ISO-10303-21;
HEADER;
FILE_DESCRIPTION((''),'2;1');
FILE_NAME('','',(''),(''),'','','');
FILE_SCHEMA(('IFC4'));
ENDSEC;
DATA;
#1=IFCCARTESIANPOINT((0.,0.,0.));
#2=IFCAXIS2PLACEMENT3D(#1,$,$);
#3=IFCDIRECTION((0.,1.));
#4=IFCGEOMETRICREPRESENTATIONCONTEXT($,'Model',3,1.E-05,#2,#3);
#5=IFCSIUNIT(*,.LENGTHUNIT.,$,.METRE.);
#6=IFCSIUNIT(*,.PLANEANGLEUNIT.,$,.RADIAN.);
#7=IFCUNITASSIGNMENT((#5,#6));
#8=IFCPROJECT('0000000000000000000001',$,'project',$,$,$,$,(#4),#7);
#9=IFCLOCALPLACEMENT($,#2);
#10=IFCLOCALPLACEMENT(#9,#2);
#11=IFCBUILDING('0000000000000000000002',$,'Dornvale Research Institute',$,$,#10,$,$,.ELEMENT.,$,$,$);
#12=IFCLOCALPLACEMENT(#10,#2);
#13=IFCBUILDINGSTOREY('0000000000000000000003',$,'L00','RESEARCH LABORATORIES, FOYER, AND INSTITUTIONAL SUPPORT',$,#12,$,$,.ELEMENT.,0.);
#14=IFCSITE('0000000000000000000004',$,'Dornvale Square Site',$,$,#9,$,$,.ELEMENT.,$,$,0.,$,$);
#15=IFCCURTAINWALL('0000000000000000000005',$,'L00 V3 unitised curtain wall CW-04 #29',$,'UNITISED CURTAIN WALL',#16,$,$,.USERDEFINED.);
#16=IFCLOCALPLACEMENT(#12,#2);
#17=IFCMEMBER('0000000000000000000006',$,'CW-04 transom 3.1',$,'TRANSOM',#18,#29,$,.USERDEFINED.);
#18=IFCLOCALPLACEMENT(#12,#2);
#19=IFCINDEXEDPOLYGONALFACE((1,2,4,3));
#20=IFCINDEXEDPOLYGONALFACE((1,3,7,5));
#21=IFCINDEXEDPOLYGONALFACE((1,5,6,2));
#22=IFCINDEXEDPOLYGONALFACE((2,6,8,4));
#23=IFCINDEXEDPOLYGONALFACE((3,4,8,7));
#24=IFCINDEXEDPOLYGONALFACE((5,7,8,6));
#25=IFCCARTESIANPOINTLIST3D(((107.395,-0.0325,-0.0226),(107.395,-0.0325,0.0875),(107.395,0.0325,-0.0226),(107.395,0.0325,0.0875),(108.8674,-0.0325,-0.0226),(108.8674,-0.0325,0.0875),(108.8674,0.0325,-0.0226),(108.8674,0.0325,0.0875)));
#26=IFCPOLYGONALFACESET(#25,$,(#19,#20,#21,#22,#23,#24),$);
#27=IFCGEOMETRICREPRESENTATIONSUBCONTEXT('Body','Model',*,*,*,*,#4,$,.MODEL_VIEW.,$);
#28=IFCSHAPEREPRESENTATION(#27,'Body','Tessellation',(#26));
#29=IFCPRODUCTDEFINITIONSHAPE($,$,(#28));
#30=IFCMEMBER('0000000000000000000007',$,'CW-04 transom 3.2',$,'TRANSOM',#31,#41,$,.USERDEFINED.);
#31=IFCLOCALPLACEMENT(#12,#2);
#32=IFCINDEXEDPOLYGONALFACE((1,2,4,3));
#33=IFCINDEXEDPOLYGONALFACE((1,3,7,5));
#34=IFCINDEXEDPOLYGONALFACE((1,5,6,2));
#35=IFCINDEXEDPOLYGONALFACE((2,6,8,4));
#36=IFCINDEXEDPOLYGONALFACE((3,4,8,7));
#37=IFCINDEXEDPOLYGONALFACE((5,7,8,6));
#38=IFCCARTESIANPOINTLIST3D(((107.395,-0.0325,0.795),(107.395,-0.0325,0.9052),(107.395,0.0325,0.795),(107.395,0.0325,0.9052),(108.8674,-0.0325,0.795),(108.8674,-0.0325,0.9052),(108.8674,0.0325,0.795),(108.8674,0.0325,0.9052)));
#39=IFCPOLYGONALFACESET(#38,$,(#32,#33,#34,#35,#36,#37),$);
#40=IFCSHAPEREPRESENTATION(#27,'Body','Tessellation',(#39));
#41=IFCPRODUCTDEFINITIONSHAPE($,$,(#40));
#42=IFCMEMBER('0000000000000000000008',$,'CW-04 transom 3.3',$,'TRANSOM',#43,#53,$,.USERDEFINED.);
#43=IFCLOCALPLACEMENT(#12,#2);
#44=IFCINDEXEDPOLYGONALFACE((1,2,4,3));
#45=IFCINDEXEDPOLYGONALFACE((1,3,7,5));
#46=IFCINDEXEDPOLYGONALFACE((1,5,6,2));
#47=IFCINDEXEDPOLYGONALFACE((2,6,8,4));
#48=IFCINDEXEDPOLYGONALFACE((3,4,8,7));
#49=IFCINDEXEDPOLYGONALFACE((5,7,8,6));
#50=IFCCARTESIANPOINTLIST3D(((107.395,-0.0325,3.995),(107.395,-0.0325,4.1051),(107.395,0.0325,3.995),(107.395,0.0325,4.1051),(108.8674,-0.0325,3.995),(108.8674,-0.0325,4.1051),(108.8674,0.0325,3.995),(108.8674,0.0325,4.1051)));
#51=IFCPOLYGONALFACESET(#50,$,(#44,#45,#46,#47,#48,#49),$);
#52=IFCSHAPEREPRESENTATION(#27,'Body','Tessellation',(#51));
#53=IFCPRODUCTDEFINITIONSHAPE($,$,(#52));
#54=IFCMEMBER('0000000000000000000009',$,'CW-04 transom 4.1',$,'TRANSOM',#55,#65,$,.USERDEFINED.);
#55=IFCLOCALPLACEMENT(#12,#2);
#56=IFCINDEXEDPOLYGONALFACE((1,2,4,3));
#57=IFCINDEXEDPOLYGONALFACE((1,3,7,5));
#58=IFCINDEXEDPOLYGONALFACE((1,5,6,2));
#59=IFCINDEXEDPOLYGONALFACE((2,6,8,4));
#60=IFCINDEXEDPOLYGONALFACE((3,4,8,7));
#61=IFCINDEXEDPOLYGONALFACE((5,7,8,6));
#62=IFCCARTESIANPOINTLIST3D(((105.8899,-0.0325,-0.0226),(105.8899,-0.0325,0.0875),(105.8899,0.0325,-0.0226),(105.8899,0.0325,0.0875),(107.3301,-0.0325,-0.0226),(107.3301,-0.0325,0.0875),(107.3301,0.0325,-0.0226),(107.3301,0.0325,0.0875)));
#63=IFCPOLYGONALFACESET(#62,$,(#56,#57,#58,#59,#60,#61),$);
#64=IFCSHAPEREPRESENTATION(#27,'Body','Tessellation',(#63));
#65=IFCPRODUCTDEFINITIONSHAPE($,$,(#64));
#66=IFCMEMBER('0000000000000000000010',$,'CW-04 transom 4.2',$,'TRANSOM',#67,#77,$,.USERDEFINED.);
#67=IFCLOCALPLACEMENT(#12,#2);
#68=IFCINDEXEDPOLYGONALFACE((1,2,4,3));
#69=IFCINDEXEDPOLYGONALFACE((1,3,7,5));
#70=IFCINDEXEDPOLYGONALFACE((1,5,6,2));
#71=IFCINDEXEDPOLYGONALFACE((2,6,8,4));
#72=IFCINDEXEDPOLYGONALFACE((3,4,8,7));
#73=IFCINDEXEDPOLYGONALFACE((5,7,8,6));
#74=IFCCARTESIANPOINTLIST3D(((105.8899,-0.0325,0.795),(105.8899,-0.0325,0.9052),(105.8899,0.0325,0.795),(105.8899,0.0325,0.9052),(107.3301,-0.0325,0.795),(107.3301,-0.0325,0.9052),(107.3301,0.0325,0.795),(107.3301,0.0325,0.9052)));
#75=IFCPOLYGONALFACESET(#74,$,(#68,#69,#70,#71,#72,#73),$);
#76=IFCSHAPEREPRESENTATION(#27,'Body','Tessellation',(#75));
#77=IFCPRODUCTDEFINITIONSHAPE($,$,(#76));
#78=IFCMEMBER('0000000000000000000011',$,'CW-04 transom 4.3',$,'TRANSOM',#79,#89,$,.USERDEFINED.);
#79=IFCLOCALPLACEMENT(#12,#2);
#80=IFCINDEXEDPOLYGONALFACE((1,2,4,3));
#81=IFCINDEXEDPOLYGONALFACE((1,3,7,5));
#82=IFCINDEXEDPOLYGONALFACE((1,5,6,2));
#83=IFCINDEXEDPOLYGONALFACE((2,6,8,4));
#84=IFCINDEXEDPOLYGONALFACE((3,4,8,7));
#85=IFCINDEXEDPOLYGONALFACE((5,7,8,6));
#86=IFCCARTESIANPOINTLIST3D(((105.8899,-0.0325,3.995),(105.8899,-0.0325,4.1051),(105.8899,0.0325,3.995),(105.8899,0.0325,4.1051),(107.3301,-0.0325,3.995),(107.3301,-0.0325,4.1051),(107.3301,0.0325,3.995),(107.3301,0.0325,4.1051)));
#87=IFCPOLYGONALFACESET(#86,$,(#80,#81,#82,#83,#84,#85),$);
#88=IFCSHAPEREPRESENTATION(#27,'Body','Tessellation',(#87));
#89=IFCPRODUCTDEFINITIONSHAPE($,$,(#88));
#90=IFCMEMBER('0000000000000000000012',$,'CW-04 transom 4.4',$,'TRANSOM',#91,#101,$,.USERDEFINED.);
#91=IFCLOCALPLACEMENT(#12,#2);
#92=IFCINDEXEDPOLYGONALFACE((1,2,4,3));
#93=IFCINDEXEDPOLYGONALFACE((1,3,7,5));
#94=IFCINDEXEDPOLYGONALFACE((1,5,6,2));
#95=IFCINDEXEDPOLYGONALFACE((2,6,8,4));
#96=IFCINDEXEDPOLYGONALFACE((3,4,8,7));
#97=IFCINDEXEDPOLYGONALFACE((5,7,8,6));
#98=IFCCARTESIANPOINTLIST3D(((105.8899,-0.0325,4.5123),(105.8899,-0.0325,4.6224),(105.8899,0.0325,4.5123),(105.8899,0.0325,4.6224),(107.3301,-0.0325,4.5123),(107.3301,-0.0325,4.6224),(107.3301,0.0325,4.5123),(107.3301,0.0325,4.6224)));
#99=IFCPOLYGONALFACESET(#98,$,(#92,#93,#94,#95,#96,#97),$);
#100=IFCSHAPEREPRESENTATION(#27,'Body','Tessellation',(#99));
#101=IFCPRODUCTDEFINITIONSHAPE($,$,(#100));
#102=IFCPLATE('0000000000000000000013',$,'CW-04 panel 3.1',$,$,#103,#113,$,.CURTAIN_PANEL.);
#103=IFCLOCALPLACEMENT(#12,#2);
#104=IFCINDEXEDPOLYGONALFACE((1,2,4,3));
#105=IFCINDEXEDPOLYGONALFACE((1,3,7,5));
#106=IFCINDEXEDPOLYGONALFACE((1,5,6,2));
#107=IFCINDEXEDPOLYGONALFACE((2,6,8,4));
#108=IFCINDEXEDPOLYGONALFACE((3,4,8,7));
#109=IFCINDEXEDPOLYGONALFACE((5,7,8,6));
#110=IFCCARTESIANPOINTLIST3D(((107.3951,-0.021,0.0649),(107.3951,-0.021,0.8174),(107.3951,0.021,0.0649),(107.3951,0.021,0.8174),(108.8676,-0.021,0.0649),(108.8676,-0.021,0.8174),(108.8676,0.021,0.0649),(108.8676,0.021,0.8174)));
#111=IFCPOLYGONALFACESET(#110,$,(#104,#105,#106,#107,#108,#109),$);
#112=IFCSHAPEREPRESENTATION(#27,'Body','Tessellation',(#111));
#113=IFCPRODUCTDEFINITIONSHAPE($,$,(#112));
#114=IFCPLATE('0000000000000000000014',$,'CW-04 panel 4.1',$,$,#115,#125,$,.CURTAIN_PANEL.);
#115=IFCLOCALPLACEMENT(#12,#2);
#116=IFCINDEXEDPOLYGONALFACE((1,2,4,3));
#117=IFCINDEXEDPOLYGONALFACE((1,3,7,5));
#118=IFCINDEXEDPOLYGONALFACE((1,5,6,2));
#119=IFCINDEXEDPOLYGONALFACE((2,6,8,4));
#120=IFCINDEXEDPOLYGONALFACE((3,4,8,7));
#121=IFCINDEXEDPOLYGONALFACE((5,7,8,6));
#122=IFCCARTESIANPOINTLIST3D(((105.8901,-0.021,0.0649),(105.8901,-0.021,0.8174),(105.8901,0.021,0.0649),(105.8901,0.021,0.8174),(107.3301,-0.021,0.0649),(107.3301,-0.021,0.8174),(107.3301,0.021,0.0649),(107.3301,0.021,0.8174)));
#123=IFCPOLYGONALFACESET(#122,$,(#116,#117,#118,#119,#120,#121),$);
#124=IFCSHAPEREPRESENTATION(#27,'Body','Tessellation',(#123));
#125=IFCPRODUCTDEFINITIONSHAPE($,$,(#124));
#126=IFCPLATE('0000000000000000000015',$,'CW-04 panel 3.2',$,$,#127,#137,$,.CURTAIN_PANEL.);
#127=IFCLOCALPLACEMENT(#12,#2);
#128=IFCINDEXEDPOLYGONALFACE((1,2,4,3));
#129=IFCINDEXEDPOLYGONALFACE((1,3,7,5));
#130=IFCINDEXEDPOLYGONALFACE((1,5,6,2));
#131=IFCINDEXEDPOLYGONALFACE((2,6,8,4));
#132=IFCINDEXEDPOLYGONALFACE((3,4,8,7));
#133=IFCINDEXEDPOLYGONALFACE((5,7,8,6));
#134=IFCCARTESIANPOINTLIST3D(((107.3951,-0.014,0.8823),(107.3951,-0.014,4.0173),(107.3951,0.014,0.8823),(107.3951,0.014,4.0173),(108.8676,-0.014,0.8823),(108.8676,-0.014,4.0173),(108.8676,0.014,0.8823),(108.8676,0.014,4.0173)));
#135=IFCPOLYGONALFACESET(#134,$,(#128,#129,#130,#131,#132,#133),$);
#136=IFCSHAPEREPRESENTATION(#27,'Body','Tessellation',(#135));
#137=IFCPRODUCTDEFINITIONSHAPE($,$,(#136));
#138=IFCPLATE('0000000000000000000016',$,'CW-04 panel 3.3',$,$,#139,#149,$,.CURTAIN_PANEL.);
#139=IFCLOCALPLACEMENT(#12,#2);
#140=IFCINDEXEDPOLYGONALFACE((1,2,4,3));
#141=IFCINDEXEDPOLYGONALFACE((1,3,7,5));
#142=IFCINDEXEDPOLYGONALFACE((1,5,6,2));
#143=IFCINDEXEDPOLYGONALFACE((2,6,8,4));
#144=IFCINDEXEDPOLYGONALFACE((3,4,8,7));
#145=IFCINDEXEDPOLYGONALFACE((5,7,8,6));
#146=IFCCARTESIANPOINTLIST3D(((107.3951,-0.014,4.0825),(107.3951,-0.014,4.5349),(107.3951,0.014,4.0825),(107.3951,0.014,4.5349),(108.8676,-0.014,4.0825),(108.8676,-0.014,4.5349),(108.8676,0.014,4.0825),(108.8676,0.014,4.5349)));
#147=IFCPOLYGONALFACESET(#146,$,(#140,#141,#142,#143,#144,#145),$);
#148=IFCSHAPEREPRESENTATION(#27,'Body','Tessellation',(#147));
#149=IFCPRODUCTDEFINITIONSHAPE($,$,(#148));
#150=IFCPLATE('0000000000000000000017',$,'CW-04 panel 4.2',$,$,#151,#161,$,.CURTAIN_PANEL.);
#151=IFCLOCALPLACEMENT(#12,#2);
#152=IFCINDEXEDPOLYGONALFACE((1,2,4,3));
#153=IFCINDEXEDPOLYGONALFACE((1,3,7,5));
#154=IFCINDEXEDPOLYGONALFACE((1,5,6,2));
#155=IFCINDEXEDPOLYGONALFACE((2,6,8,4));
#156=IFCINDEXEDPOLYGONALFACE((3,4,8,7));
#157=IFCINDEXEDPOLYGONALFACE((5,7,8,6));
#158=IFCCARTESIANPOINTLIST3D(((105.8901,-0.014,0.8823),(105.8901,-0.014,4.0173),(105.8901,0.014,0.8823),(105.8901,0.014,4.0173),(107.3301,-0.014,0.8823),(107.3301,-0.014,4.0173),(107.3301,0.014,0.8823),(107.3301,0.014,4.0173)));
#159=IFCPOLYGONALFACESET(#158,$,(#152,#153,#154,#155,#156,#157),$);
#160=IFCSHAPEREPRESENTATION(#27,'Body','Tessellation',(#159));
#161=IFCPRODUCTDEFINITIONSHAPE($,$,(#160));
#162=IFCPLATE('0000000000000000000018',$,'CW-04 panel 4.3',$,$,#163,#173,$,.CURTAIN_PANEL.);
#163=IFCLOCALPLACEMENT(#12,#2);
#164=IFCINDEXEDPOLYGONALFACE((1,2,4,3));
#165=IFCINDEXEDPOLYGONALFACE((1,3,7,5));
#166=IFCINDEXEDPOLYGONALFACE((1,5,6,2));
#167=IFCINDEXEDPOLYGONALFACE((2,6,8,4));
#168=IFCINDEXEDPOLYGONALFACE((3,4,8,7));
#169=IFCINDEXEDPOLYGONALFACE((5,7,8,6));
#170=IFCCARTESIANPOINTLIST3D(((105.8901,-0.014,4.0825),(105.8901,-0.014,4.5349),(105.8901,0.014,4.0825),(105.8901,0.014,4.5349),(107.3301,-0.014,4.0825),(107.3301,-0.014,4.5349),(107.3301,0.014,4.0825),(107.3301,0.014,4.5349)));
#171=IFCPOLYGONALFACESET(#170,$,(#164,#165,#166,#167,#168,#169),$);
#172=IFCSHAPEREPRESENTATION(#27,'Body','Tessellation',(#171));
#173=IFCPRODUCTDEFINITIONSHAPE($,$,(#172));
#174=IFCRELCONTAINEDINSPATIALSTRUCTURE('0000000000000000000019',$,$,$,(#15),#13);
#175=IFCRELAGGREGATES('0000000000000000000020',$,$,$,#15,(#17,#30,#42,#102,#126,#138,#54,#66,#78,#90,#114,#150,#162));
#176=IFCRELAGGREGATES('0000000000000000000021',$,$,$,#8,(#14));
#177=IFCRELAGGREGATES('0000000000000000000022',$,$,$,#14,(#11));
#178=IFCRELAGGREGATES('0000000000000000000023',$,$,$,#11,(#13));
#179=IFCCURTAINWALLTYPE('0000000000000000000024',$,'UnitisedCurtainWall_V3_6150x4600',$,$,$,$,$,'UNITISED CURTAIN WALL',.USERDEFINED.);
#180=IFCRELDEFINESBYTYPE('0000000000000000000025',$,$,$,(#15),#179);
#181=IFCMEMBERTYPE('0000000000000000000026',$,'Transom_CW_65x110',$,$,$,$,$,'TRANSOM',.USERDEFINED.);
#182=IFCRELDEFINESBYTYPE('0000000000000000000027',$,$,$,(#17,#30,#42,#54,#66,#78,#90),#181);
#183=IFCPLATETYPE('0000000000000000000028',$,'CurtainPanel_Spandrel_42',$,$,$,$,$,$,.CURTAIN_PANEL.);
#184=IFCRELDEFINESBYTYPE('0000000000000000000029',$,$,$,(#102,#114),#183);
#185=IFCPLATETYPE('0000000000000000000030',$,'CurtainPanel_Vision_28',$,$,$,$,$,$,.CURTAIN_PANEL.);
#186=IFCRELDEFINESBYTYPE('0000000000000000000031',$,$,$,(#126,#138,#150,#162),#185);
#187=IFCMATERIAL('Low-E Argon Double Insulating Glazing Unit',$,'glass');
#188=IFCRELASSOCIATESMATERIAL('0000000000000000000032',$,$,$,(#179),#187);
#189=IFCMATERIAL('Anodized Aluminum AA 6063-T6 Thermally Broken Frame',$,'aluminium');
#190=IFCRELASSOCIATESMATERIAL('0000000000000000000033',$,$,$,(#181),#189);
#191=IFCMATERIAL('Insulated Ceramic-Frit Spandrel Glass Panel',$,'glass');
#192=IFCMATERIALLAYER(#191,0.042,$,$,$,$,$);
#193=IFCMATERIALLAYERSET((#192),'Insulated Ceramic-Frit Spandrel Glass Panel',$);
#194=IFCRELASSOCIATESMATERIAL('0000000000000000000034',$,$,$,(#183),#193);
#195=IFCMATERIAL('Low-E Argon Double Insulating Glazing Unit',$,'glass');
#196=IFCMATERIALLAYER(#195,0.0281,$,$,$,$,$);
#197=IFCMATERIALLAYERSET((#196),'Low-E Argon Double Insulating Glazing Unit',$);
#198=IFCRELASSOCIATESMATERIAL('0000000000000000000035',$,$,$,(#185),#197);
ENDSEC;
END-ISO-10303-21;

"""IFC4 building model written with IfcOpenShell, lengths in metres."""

from ifc_helpers import new_model, si_unit, direction, frame, origin, origin_2d, place, context, subcontext, project, spatial, rectangle, extrude, material, layer, layer_set, material_profile, profile_set, type_object, element, aggregate, save


model = new_model("IFC4")

# Units and contexts
model_context = context("Model", 3, precision=1e-05, world=origin(), true_north=direction((0.0, 1.0)))
body_context = subcontext(model_context, "Body", "Model", "MODEL_VIEW")
ifc_project = project(units=[si_unit("LENGTHUNIT", "METRE"), si_unit("PLANEANGLEUNIT", "RADIAN")], contexts=[model_context])

# Site, building, storey
site_placement = place(None, origin())
site = spatial("IfcSite", under=ifc_project, at=site_placement, Name="Dornvale Square Site", CompositionType="ELEMENT", RefElevation=0.0)
building_placement = place(site_placement, origin())
building = spatial("IfcBuilding", under=site, at=building_placement, Name="Dornvale Research Institute", CompositionType="ELEMENT")
storey_placement = place(building_placement, origin())
storey = spatial("IfcBuildingStorey", under=building, at=storey_placement, Name="L00", Description="RESEARCH LABORATORIES, FOYER, AND INSTITUTIONAL SUPPORT", CompositionType="ELEMENT", Elevation=0.0)

# Curtain wall, members, plates
ifc_material_1 = material(Name="Low-E Argon Double Insulating Glazing Unit", Category="glass")
curtain_wall_type = type_object("IfcCurtainWallType", Name="UnitisedCurtainWall_V3_6150x4600", ElementType="UNITISED CURTAIN WALL", PredefinedType="USERDEFINED", material=ifc_material_1)
curtain_wall_placement = place(storey_placement, origin())
curtain_wall = element("IfcCurtainWall", 1, at=curtain_wall_placement, inside=storey, type_object=curtain_wall_type, Name="L00 V3 unitised curtain wall CW-04 #29", ObjectType="UNITISED CURTAIN WALL", PredefinedType="USERDEFINED")
ifc_material_2 = material(Name="Anodized Aluminum AA 6063-T6 Thermally Broken Frame", Category="aluminium")
ifc_material_profile_1 = material_profile(ifc_material_2, rectangle(XDim=0.0649, YDim=0.1101, at=origin_2d()), Name="ALU TRANSOM 65x110")
ifc_profile_set_1 = profile_set([ifc_material_profile_1], Name="Anodized Aluminum AA 6063-T6 Thermally Broken Frame")
member_type_1 = type_object("IfcMemberType", Name="Transom_CW_65x110", ElementType="TRANSOM", PredefinedType="USERDEFINED", material=ifc_profile_set_1)
member_1_placement = place(storey_placement, frame((108.8674, 0.0, 0.0325), z_axis=(-1.0, 0.0, 0.0), x_axis=(0.0, -1.0, 0.0)))
member_1 = element("IfcMember", 2, at=member_1_placement, type_object=member_type_1, Name="CW-04 transom 3.1", ObjectType="TRANSOM", PredefinedType="USERDEFINED", context=body_context, shape_type="SweptSolid", body=[
    extrude(rectangle(XDim=0.0649, YDim=0.1101, at=origin_2d()), origin(), (0.0, 0.0, 1.0), 1.4724),
])
member_2_placement = place(storey_placement, frame((108.8674, 0.0, 0.8501), z_axis=(-1.0, 0.0, 0.0), x_axis=(0.0, -1.0, 0.0)))
member_2 = element("IfcMember", 3, at=member_2_placement, type_object=member_type_1, Name="CW-04 transom 3.2", ObjectType="TRANSOM", PredefinedType="USERDEFINED", context=body_context, shape_type="SweptSolid", body=[
    extrude(rectangle(XDim=0.0649, YDim=0.1101, at=origin_2d()), origin(), (0.0, 0.0, 1.0), 1.4724),
])
member_3_placement = place(storey_placement, frame((108.8674, 0.0, 4.05), z_axis=(-1.0, 0.0, 0.0), x_axis=(0.0, -1.0, 0.0)))
member_3 = element("IfcMember", 4, at=member_3_placement, type_object=member_type_1, Name="CW-04 transom 3.3", ObjectType="TRANSOM", PredefinedType="USERDEFINED", context=body_context, shape_type="SweptSolid", body=[
    extrude(rectangle(XDim=0.0649, YDim=0.1101, at=origin_2d()), origin(), (0.0, 0.0, 1.0), 1.4724),
])
member_4_placement = place(storey_placement, frame((107.3301, 0.0, 0.0325), z_axis=(-1.0, 0.0, 0.0), x_axis=(0.0, -1.0, 0.0)))
member_4 = element("IfcMember", 5, at=member_4_placement, type_object=member_type_1, Name="CW-04 transom 4.1", ObjectType="TRANSOM", PredefinedType="USERDEFINED", context=body_context, shape_type="SweptSolid", body=[
    extrude(rectangle(XDim=0.0649, YDim=0.1101, at=origin_2d()), origin(), (0.0, 0.0, 1.0), 1.4402),
])
member_5_placement = place(storey_placement, frame((107.3301, 0.0, 0.8501), z_axis=(-1.0, 0.0, 0.0), x_axis=(0.0, -1.0, 0.0)))
member_5 = element("IfcMember", 6, at=member_5_placement, type_object=member_type_1, Name="CW-04 transom 4.2", ObjectType="TRANSOM", PredefinedType="USERDEFINED", context=body_context, shape_type="SweptSolid", body=[
    extrude(rectangle(XDim=0.0649, YDim=0.1101, at=origin_2d()), origin(), (0.0, 0.0, 1.0), 1.4402),
])
member_6_placement = place(storey_placement, frame((107.3301, 0.0, 4.05), z_axis=(-1.0, 0.0, 0.0), x_axis=(0.0, -1.0, 0.0)))
member_6 = element("IfcMember", 7, at=member_6_placement, type_object=member_type_1, Name="CW-04 transom 4.3", ObjectType="TRANSOM", PredefinedType="USERDEFINED", context=body_context, shape_type="SweptSolid", body=[
    extrude(rectangle(XDim=0.0649, YDim=0.1101, at=origin_2d()), origin(), (0.0, 0.0, 1.0), 1.4402),
])
member_7_placement = place(storey_placement, frame((107.3301, 0.0, 4.5674), z_axis=(-1.0, 0.0, 0.0), x_axis=(0.0, -1.0, 0.0)))
member_7 = element("IfcMember", 8, at=member_7_placement, type_object=member_type_1, Name="CW-04 transom 4.4", ObjectType="TRANSOM", PredefinedType="USERDEFINED", context=body_context, shape_type="SweptSolid", body=[
    extrude(rectangle(XDim=0.0649, YDim=0.1101, at=origin_2d()), origin(), (0.0, 0.0, 1.0), 1.4402),
])
ifc_material_3 = material(Name="Insulated Ceramic-Frit Spandrel Glass Panel", Category="glass")
ifc_layer_1 = layer(ifc_material_3, 0.042)
ifc_layer_set_1 = layer_set([ifc_layer_1], Name="Insulated Ceramic-Frit Spandrel Glass Panel")
plate_type_1 = type_object("IfcPlateType", Name="CurtainPanel_Spandrel_42", PredefinedType="CURTAIN_PANEL", material=ifc_layer_set_1)
plate_1_placement = place(storey_placement, frame((108.1313, 0.0, 0.0649), z_axis=(0.0, 0.0, 1.0), x_axis=(-1.0, 0.0, 0.0)))
plate_1 = element("IfcPlate", 9, at=plate_1_placement, type_object=plate_type_1, Name="CW-04 panel 3.1", PredefinedType="CURTAIN_PANEL", context=body_context, shape_type="SweptSolid", body=[
    extrude(rectangle(XDim=1.4724, YDim=0.042, at=origin_2d()), origin(), (0.0, 0.0, 1.0), 0.7524),
])
plate_2_placement = place(storey_placement, frame((106.6101, 0.0, 0.0649), z_axis=(0.0, 0.0, 1.0), x_axis=(-1.0, 0.0, 0.0)))
plate_2 = element("IfcPlate", 10, at=plate_2_placement, type_object=plate_type_1, Name="CW-04 panel 4.1", PredefinedType="CURTAIN_PANEL", context=body_context, shape_type="SweptSolid", body=[
    extrude(rectangle(XDim=1.4399, YDim=0.042, at=origin_2d()), origin(), (0.0, 0.0, 1.0), 0.7524),
])
ifc_material_4 = material(Name="Low-E Argon Double Insulating Glazing Unit", Category="glass")
ifc_layer_2 = layer(ifc_material_4, 0.0281)
ifc_layer_set_2 = layer_set([ifc_layer_2], Name="Low-E Argon Double Insulating Glazing Unit")
plate_type_2 = type_object("IfcPlateType", Name="CurtainPanel_Vision_28", PredefinedType="CURTAIN_PANEL", material=ifc_layer_set_2)
plate_3_placement = place(storey_placement, frame((108.1313, 0.0, 0.8823), z_axis=(0.0, 0.0, 1.0), x_axis=(-1.0, 0.0, 0.0)))
plate_3 = element("IfcPlate", 11, at=plate_3_placement, type_object=plate_type_2, Name="CW-04 panel 3.2", PredefinedType="CURTAIN_PANEL", context=body_context, shape_type="SweptSolid", body=[
    extrude(rectangle(XDim=1.4724, YDim=0.0281, at=origin_2d()), origin(), (0.0, 0.0, 1.0), 3.135),
])
plate_4_placement = place(storey_placement, frame((108.1313, 0.0, 4.0825), z_axis=(0.0, 0.0, 1.0), x_axis=(-1.0, 0.0, 0.0)))
plate_4 = element("IfcPlate", 12, at=plate_4_placement, type_object=plate_type_2, Name="CW-04 panel 3.3", PredefinedType="CURTAIN_PANEL", context=body_context, shape_type="SweptSolid", body=[
    extrude(rectangle(XDim=1.4724, YDim=0.0281, at=origin_2d()), origin(), (0.0, 0.0, 1.0), 0.4524),
])
plate_5_placement = place(storey_placement, frame((106.6101, 0.0, 0.8823), z_axis=(0.0, 0.0, 1.0), x_axis=(-1.0, 0.0, 0.0)))
plate_5 = element("IfcPlate", 13, at=plate_5_placement, type_object=plate_type_2, Name="CW-04 panel 4.2", PredefinedType="CURTAIN_PANEL", context=body_context, shape_type="SweptSolid", body=[
    extrude(rectangle(XDim=1.4399, YDim=0.0281, at=origin_2d()), origin(), (0.0, 0.0, 1.0), 3.135),
])
plate_6_placement = place(storey_placement, frame((106.6101, 0.0, 4.0825), z_axis=(0.0, 0.0, 1.0), x_axis=(-1.0, 0.0, 0.0)))
plate_6 = element("IfcPlate", 14, at=plate_6_placement, type_object=plate_type_2, Name="CW-04 panel 4.3", PredefinedType="CURTAIN_PANEL", context=body_context, shape_type="SweptSolid", body=[
    extrude(rectangle(XDim=1.4399, YDim=0.0281, at=origin_2d()), origin(), (0.0, 0.0, 1.0), 0.4524),
])
aggregate(curtain_wall, [member_1, member_2, member_3, plate_1, plate_3, plate_4, member_4, member_5, member_6, member_7, plate_2, plate_5, plate_6])

save(model, "model.ifc")
